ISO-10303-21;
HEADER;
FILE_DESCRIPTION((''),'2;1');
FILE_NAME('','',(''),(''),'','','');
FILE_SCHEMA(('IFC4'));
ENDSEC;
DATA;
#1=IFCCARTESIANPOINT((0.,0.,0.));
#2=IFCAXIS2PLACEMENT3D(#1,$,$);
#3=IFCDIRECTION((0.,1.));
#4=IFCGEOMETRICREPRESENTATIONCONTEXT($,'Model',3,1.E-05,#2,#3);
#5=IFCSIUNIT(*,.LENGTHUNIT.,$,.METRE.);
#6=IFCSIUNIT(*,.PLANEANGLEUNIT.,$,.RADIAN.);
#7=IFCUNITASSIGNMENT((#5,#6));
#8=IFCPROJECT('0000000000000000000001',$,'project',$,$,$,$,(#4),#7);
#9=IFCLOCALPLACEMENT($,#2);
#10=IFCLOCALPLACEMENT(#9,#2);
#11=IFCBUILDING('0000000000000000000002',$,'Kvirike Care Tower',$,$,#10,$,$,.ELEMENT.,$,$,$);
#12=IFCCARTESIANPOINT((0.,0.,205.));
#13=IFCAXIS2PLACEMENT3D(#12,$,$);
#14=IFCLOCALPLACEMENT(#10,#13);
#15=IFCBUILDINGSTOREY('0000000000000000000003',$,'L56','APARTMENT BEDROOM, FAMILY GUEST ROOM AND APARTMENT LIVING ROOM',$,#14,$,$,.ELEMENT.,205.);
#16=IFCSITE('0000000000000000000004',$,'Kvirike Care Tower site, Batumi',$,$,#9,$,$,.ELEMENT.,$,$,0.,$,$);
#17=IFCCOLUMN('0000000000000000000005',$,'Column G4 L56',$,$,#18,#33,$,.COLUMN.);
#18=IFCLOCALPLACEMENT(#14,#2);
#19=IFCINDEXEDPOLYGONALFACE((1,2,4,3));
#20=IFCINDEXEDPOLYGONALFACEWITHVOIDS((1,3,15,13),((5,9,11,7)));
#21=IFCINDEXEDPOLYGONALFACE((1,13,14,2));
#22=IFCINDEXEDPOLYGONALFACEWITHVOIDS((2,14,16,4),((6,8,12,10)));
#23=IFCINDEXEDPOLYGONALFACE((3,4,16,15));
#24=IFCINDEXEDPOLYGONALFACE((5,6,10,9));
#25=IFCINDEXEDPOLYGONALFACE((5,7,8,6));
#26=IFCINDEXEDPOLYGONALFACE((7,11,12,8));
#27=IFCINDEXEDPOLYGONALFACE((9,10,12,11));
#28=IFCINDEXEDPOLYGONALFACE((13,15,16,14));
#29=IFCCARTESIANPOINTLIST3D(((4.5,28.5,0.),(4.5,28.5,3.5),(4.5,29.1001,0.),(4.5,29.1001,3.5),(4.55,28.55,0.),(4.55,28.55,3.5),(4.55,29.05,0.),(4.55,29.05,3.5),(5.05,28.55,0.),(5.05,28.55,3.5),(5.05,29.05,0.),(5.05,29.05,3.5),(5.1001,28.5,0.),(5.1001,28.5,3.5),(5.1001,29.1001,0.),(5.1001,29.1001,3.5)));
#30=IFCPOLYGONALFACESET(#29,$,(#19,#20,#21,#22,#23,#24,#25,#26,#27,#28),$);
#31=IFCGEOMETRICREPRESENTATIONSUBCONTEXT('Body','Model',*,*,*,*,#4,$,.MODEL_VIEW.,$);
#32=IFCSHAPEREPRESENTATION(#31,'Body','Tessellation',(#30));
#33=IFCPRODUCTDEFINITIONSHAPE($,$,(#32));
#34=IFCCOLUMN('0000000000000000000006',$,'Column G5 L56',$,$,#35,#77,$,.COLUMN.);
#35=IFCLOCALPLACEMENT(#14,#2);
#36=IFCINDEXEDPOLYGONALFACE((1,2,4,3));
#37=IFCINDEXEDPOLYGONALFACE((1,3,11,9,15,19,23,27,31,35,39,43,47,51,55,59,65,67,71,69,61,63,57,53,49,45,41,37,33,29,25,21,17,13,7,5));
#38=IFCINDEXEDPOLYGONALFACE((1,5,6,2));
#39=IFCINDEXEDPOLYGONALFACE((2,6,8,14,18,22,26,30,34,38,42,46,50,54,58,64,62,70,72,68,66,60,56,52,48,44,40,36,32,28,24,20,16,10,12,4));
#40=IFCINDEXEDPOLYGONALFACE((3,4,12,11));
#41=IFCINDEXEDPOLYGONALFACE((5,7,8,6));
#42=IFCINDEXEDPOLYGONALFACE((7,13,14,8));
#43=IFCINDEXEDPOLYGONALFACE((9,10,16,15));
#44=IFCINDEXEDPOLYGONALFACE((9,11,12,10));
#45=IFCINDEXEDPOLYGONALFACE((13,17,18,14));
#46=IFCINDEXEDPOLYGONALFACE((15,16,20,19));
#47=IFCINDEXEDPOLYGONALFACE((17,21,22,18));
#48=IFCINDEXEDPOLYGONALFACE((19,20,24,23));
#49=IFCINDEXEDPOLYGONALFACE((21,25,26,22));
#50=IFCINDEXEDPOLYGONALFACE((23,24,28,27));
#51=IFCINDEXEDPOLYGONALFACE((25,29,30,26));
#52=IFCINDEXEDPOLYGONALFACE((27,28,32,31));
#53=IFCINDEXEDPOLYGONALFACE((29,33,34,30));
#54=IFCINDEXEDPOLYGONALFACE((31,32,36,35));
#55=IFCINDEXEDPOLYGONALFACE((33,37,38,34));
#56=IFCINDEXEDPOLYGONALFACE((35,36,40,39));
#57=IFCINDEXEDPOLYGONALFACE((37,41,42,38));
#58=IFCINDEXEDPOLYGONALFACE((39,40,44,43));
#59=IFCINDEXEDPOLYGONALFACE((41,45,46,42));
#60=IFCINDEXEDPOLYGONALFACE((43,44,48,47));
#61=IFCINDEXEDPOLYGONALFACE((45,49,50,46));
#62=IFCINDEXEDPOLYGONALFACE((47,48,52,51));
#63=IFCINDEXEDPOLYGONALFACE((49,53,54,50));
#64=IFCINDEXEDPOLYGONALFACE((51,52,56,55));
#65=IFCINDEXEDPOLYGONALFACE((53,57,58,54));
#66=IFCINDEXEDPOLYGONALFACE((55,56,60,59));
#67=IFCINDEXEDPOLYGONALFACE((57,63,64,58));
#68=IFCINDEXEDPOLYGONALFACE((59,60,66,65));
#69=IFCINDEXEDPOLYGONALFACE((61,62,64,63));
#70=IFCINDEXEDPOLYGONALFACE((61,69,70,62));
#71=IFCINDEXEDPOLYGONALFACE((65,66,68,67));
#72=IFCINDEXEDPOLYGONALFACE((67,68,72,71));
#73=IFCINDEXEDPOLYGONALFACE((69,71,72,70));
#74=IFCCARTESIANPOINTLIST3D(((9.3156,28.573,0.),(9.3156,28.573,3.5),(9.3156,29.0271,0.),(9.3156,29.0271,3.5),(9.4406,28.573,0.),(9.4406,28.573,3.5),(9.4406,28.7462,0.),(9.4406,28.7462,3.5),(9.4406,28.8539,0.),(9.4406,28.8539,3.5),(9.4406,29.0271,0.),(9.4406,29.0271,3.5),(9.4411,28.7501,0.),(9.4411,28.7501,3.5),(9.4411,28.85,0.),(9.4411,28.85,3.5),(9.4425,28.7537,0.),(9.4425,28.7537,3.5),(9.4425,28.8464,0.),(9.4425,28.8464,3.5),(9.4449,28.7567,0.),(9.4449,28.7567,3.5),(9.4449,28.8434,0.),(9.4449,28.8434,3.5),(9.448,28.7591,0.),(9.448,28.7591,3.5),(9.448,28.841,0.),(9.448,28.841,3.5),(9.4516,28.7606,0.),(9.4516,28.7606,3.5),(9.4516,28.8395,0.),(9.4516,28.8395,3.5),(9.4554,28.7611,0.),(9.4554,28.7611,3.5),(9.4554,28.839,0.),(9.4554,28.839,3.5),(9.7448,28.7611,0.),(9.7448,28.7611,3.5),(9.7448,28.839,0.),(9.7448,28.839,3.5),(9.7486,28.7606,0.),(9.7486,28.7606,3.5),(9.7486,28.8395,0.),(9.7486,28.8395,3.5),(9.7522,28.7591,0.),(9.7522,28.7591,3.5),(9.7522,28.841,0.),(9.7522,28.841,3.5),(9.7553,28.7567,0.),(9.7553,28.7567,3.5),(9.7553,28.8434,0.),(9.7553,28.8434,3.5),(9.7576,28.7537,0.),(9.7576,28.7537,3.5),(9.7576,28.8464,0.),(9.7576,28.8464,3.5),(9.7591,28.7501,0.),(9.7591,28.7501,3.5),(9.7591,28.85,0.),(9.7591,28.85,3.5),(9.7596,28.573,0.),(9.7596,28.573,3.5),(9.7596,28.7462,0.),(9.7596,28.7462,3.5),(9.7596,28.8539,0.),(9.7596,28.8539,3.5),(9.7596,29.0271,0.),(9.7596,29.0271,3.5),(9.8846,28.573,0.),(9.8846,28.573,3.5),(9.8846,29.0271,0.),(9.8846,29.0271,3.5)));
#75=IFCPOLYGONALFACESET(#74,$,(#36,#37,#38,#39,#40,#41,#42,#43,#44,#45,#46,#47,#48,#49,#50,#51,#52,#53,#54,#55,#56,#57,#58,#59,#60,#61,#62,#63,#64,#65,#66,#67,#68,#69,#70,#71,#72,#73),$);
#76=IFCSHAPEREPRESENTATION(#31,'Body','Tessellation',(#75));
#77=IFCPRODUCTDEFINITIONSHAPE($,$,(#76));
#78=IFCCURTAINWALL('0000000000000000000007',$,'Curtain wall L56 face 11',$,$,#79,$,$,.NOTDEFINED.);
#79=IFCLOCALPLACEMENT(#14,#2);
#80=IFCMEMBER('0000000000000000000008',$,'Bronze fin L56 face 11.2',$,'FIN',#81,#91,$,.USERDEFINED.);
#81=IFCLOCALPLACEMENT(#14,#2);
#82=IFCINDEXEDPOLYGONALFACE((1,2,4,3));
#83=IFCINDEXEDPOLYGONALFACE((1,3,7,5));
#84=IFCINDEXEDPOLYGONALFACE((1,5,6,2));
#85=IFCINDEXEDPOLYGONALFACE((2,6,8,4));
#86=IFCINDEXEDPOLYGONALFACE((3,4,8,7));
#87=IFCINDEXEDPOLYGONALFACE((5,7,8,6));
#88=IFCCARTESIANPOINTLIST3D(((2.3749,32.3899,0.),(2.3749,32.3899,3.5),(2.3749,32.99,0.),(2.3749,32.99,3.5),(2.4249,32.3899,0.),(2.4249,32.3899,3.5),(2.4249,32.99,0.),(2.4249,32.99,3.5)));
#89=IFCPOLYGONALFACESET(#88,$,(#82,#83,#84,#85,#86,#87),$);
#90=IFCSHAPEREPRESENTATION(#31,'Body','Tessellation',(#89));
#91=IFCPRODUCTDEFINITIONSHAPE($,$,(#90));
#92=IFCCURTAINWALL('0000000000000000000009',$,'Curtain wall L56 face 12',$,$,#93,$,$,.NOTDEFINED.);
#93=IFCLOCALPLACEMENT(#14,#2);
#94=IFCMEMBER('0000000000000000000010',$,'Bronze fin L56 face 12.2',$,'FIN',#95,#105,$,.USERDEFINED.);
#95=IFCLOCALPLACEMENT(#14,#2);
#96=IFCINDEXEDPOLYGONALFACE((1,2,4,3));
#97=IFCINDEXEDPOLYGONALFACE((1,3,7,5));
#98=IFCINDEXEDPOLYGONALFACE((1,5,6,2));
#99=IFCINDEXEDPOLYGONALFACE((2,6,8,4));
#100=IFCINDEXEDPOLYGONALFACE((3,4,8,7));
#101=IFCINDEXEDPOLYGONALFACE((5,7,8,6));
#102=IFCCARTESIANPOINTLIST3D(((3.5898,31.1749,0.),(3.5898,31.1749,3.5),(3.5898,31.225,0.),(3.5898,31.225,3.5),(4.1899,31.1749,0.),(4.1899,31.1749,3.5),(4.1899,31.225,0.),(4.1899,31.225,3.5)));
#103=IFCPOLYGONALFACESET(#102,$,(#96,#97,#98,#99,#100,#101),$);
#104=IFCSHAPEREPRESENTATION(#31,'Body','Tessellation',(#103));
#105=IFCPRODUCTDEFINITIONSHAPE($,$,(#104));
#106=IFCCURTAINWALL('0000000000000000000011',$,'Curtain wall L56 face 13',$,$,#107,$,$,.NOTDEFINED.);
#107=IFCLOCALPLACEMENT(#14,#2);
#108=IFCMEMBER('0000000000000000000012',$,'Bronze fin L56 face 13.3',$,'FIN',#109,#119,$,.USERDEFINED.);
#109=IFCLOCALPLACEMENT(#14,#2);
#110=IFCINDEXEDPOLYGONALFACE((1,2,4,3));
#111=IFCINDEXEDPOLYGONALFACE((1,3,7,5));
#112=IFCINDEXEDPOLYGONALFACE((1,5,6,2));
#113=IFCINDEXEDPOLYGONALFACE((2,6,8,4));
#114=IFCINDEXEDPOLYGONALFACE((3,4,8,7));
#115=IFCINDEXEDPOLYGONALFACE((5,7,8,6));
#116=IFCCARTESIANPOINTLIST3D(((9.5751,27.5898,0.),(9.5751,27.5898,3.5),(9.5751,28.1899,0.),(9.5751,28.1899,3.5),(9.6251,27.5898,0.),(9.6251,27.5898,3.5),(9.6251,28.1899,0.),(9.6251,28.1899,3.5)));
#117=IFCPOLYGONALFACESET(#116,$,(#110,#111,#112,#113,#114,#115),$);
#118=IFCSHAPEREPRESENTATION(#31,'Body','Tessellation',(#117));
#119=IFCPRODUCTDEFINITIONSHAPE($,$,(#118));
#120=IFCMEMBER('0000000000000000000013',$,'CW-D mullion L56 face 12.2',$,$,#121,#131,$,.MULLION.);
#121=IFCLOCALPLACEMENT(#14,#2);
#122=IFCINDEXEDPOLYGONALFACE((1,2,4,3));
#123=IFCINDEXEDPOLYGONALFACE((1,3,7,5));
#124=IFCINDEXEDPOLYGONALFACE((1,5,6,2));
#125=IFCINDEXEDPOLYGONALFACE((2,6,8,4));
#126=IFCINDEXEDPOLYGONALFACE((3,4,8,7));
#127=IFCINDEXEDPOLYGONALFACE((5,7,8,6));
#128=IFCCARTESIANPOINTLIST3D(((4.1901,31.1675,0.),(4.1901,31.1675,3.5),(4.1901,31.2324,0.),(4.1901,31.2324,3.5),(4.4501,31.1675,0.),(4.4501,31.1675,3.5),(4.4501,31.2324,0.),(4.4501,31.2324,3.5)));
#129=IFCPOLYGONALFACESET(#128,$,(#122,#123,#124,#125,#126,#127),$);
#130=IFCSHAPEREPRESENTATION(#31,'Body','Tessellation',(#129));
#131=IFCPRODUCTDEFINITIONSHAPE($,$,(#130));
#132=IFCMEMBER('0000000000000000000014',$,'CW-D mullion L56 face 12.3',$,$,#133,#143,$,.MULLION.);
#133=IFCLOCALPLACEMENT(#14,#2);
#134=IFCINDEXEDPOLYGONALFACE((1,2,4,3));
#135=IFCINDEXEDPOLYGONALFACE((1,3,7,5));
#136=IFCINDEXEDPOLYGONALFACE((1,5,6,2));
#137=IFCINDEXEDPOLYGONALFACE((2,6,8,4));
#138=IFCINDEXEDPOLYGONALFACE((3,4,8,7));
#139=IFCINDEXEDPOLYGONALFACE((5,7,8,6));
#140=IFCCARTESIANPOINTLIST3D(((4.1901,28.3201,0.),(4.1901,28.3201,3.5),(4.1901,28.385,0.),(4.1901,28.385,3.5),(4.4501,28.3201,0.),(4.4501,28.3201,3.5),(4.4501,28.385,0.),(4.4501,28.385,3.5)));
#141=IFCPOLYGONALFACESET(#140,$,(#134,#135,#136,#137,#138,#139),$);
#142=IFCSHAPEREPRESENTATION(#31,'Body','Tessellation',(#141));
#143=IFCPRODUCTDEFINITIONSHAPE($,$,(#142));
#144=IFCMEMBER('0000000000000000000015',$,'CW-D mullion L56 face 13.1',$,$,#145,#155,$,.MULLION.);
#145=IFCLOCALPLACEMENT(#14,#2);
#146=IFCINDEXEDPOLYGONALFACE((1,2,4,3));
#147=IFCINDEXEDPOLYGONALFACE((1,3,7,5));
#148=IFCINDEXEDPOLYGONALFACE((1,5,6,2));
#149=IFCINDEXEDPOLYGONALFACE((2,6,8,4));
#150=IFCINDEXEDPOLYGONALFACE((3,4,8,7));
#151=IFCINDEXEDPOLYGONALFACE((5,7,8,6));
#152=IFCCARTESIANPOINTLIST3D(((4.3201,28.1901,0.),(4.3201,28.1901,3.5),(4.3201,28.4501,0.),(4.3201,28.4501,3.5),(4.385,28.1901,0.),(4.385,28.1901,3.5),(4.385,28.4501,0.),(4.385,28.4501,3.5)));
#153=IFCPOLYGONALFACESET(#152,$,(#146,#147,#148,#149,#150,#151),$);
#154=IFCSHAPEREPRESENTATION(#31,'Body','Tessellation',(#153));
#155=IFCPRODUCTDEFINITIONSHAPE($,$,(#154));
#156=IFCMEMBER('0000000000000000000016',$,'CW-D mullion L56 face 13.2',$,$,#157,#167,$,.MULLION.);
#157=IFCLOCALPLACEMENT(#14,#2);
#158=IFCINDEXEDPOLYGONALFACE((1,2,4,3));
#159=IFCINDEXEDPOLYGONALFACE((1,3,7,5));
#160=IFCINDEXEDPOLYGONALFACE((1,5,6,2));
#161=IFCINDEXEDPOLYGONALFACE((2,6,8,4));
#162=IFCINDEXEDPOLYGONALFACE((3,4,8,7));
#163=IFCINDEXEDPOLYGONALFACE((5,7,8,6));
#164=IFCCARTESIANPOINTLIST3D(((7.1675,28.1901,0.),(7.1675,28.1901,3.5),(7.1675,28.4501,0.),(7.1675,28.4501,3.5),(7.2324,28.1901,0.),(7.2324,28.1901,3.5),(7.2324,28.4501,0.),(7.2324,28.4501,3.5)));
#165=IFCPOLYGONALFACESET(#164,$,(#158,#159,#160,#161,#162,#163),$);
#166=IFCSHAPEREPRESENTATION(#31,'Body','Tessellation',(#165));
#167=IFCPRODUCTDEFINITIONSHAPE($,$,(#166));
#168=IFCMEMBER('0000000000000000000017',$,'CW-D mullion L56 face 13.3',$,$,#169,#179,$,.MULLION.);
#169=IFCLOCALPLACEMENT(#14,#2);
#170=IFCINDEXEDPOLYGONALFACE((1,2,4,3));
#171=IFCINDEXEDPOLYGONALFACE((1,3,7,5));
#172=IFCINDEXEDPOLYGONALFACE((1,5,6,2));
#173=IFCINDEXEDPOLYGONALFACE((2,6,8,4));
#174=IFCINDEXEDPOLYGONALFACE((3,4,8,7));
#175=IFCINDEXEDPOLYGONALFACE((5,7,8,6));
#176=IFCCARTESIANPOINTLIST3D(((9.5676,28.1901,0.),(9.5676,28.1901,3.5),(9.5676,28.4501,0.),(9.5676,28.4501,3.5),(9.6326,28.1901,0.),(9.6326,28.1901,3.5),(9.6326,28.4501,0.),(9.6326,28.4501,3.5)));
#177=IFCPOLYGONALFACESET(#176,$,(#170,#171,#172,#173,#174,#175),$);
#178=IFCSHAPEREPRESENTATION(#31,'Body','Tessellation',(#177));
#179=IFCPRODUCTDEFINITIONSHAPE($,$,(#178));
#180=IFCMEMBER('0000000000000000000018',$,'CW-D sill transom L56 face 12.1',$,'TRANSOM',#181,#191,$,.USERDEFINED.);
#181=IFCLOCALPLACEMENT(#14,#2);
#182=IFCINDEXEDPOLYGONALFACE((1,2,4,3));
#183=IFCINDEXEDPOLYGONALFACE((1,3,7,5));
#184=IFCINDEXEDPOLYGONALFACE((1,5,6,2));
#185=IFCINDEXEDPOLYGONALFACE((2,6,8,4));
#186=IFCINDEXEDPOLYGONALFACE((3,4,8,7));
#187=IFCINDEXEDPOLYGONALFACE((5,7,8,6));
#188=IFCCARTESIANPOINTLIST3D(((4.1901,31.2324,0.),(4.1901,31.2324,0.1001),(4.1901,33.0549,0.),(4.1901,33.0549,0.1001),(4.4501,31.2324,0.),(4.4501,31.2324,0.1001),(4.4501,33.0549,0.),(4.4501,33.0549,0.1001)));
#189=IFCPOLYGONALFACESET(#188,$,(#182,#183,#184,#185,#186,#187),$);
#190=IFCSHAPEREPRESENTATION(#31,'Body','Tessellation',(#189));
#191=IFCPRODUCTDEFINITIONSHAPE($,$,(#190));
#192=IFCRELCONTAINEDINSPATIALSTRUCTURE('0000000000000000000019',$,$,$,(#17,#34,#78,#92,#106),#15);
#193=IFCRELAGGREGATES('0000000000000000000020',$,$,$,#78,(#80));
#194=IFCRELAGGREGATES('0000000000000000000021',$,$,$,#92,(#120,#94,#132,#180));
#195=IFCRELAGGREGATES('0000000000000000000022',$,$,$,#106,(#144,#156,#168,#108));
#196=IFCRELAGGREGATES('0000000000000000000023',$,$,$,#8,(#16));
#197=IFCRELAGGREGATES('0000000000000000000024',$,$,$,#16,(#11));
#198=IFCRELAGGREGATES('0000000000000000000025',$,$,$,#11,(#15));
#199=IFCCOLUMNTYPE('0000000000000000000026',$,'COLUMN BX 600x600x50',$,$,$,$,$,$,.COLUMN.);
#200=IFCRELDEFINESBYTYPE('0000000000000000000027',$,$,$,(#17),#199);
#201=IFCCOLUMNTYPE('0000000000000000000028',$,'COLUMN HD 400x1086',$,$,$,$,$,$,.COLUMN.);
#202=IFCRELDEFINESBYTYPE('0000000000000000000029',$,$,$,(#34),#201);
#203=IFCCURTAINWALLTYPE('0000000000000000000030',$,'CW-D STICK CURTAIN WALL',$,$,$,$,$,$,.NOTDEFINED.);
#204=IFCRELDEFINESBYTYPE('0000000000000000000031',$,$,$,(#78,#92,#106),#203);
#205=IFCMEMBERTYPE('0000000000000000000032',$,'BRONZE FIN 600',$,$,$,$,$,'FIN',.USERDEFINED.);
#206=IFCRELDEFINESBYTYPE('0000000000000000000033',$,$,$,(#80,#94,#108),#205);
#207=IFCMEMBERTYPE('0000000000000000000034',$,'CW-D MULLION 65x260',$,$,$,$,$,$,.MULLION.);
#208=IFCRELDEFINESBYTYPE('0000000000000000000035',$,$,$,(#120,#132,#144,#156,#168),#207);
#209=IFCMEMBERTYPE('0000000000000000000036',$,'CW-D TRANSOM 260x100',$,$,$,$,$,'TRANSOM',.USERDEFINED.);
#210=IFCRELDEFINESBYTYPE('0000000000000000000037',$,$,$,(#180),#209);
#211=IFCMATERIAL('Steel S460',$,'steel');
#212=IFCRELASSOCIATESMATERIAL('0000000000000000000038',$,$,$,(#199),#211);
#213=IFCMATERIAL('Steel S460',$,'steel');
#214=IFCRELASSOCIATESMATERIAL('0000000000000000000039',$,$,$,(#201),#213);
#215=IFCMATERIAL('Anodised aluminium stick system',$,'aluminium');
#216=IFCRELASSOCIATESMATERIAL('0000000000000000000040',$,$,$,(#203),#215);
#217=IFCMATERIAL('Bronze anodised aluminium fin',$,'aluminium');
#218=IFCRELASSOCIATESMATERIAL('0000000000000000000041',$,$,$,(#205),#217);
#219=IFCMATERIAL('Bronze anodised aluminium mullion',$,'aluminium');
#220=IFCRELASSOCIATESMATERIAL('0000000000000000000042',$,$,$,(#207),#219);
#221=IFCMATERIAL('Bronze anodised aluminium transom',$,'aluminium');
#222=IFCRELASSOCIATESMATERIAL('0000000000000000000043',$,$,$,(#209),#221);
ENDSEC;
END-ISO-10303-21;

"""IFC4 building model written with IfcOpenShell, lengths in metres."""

from ifc_helpers import new_model, si_unit, direction, frame, origin, origin_2d, place, context, subcontext, project, spatial, rectangle, hollow_rectangle, i_section, extrude, material, material_profile, profile_set, type_object, element, aggregate, save


model = new_model("IFC4")

# Units and contexts
model_context = context("Model", 3, precision=1e-05, world=origin(), true_north=direction((0.0, 1.0)))
body_context = subcontext(model_context, "Body", "Model", "MODEL_VIEW")
ifc_project = project(units=[si_unit("LENGTHUNIT", "METRE"), si_unit("PLANEANGLEUNIT", "RADIAN")], contexts=[model_context])

# Site, building, storey
site_placement = place(None, origin())
site = spatial("IfcSite", under=ifc_project, at=site_placement, Name="Kvirike Care Tower site, Batumi", CompositionType="ELEMENT", RefElevation=0.0)
building_placement = place(site_placement, origin())
building = spatial("IfcBuilding", under=site, at=building_placement, Name="Kvirike Care Tower", CompositionType="ELEMENT")
storey_placement = place(building_placement, frame((0.0, 0.0, 205.0)))
storey = spatial("IfcBuildingStorey", under=building, at=storey_placement, Name="L56", Description="APARTMENT BEDROOM, FAMILY GUEST ROOM AND APARTMENT LIVING ROOM", CompositionType="ELEMENT", Elevation=205.0)

# Columns
ifc_material_1 = material(Name="Steel S460", Category="steel")
ifc_material_profile_1 = material_profile(ifc_material_1, hollow_rectangle(XDim=0.6001, YDim=0.6001, WallThickness=0.05, at=origin_2d()), Name="BX 600x600x50")
ifc_profile_set_1 = profile_set([ifc_material_profile_1], Name="Steel S460")
column_type_1 = type_object("IfcColumnType", Name="COLUMN BX 600x600x50", PredefinedType="COLUMN", material=ifc_profile_set_1)
column_1_placement = place(storey_placement, frame((4.8, 28.8, 0.0), z_axis=(0.0, 0.0, 1.0), x_axis=(0.0, 1.0, 0.0)))
element("IfcColumn", 1, at=column_1_placement, inside=storey, type_object=column_type_1, Name="Column G4 L56", PredefinedType="COLUMN", context=body_context, shape_type="SweptSolid", body=[
    extrude(hollow_rectangle(XDim=0.6001, YDim=0.6001, WallThickness=0.05, at=origin_2d()), origin(), (0.0, 0.0, 1.0), 3.5),
])
ifc_material_2 = material(Name="Steel S460", Category="steel")
ifc_material_profile_2 = material_profile(ifc_material_2, i_section(OverallWidth=0.4541, OverallDepth=0.5691, WebThickness=0.0779, FlangeThickness=0.125, FilletRadius=0.0149, at=origin_2d()), Name="HD 400x1086")
ifc_profile_set_2 = profile_set([ifc_material_profile_2], Name="Steel S460")
column_type_2 = type_object("IfcColumnType", Name="COLUMN HD 400x1086", PredefinedType="COLUMN", material=ifc_profile_set_2)
column_2_placement = place(storey_placement, frame((9.6001, 28.8, 0.0), z_axis=(0.0, 0.0, 1.0), x_axis=(0.0, 1.0, 0.0)))
element("IfcColumn", 2, at=column_2_placement, inside=storey, type_object=column_type_2, Name="Column G5 L56", PredefinedType="COLUMN", context=body_context, shape_type="SweptSolid", body=[
    extrude(i_section(OverallWidth=0.4541, OverallDepth=0.5691, WebThickness=0.0779, FlangeThickness=0.125, FilletRadius=0.0149, at=origin_2d()), origin(), (0.0, 0.0, 1.0), 3.5),
])

# Curtain walls, members
ifc_material_3 = material(Name="Anodised aluminium stick system", Category="aluminium")
curtain_wall_type = type_object("IfcCurtainWallType", Name="CW-D STICK CURTAIN WALL", PredefinedType="NOTDEFINED", material=ifc_material_3)
curtain_wall_1_placement = place(storey_placement, origin())
curtain_wall_1 = element("IfcCurtainWall", 3, at=curtain_wall_1_placement, inside=storey, type_object=curtain_wall_type, Name="Curtain wall L56 face 11", PredefinedType="NOTDEFINED")
ifc_material_4 = material(Name="Bronze anodised aluminium fin", Category="aluminium")
ifc_material_profile_3 = material_profile(ifc_material_4, rectangle(XDim=0.05, YDim=0.6001, at=origin_2d()), Name="BRONZE FIN 600")
ifc_profile_set_3 = profile_set([ifc_material_profile_3], Name="Bronze anodised aluminium fin")
member_type_1 = type_object("IfcMemberType", Name="BRONZE FIN 600", ElementType="FIN", PredefinedType="USERDEFINED", material=ifc_profile_set_3)
member_1_placement = place(storey_placement, frame((2.3999, 32.6899, 0.0), z_axis=(0.0, 0.0, 1.0), x_axis=(1.0, 0.0, 0.0)))
member_1 = element("IfcMember", 4, at=member_1_placement, type_object=member_type_1, Name="Bronze fin L56 face 11.2", ObjectType="FIN", PredefinedType="USERDEFINED", context=body_context, shape_type="SweptSolid", body=[
    extrude(rectangle(XDim=0.05, YDim=0.6001, at=origin_2d()), origin(), (0.0, 0.0, 1.0), 3.5),
])
aggregate(curtain_wall_1, [member_1])
curtain_wall_2_placement = place(storey_placement, origin())
curtain_wall_2 = element("IfcCurtainWall", 5, at=curtain_wall_2_placement, inside=storey, type_object=curtain_wall_type, Name="Curtain wall L56 face 12", PredefinedType="NOTDEFINED")
member_2_placement = place(storey_placement, frame((3.8899, 31.2, 0.0), z_axis=(0.0, 0.0, 1.0), x_axis=(0.0, -1.0, 0.0)))
member_2 = element("IfcMember", 6, at=member_2_placement, type_object=member_type_1, Name="Bronze fin L56 face 12.2", ObjectType="FIN", PredefinedType="USERDEFINED", context=body_context, shape_type="SweptSolid", body=[
    extrude(rectangle(XDim=0.05, YDim=0.6001, at=origin_2d()), origin(), (0.0, 0.0, 1.0), 3.5),
])
curtain_wall_3_placement = place(storey_placement, origin())
curtain_wall_3 = element("IfcCurtainWall", 7, at=curtain_wall_3_placement, inside=storey, type_object=curtain_wall_type, Name="Curtain wall L56 face 13", PredefinedType="NOTDEFINED")
member_3_placement = place(storey_placement, frame((9.6001, 27.8899, 0.0), z_axis=(0.0, 0.0, 1.0), x_axis=(1.0, 0.0, 0.0)))
member_3 = element("IfcMember", 8, at=member_3_placement, type_object=member_type_1, Name="Bronze fin L56 face 13.3", ObjectType="FIN", PredefinedType="USERDEFINED", context=body_context, shape_type="SweptSolid", body=[
    extrude(rectangle(XDim=0.05, YDim=0.6001, at=origin_2d()), origin(), (0.0, 0.0, 1.0), 3.5),
])

# Members
ifc_material_5 = material(Name="Bronze anodised aluminium mullion", Category="aluminium")
ifc_material_profile_4 = material_profile(ifc_material_5, rectangle(XDim=0.0649, YDim=0.26, at=origin_2d()), Name="CW-D MULLION 65x260")
ifc_profile_set_4 = profile_set([ifc_material_profile_4], Name="Bronze anodised aluminium mullion")
member_type_2 = type_object("IfcMemberType", Name="CW-D MULLION 65x260", PredefinedType="MULLION", material=ifc_profile_set_4)
member_4_placement = place(storey_placement, frame((4.3201, 31.2, 0.0), z_axis=(0.0, 0.0, 1.0), x_axis=(0.0, -1.0, 0.0)))
member_4 = element("IfcMember", 9, at=member_4_placement, type_object=member_type_2, Name="CW-D mullion L56 face 12.2", PredefinedType="MULLION", context=body_context, shape_type="SweptSolid", body=[
    extrude(rectangle(XDim=0.0649, YDim=0.26, at=origin_2d()), origin(), (0.0, 0.0, 1.0), 3.5),
])
member_5_placement = place(storey_placement, frame((4.3201, 28.3525, 0.0), z_axis=(0.0, 0.0, 1.0), x_axis=(0.0, -1.0, 0.0)))
member_5 = element("IfcMember", 10, at=member_5_placement, type_object=member_type_2, Name="CW-D mullion L56 face 12.3", PredefinedType="MULLION", context=body_context, shape_type="SweptSolid", body=[
    extrude(rectangle(XDim=0.0649, YDim=0.26, at=origin_2d()), origin(), (0.0, 0.0, 1.0), 3.5),
])
member_6_placement = place(storey_placement, frame((4.3525, 28.3201, 0.0), z_axis=(0.0, 0.0, 1.0), x_axis=(1.0, 0.0, 0.0)))
member_6 = element("IfcMember", 11, at=member_6_placement, type_object=member_type_2, Name="CW-D mullion L56 face 13.1", PredefinedType="MULLION", context=body_context, shape_type="SweptSolid", body=[
    extrude(rectangle(XDim=0.0649, YDim=0.26, at=origin_2d()), origin(), (0.0, 0.0, 1.0), 3.5),
])
member_7_placement = place(storey_placement, frame((7.2, 28.3201, 0.0), z_axis=(0.0, 0.0, 1.0), x_axis=(1.0, 0.0, 0.0)))
member_7 = element("IfcMember", 12, at=member_7_placement, type_object=member_type_2, Name="CW-D mullion L56 face 13.2", PredefinedType="MULLION", context=body_context, shape_type="SweptSolid", body=[
    extrude(rectangle(XDim=0.0649, YDim=0.26, at=origin_2d()), origin(), (0.0, 0.0, 1.0), 3.5),
])
member_8_placement = place(storey_placement, frame((9.6001, 28.3201, 0.0), z_axis=(0.0, 0.0, 1.0), x_axis=(1.0, 0.0, 0.0)))
member_8 = element("IfcMember", 13, at=member_8_placement, type_object=member_type_2, Name="CW-D mullion L56 face 13.3", PredefinedType="MULLION", context=body_context, shape_type="SweptSolid", body=[
    extrude(rectangle(XDim=0.0649, YDim=0.26, at=origin_2d()), origin(), (0.0, 0.0, 1.0), 3.5),
])
ifc_material_6 = material(Name="Bronze anodised aluminium transom", Category="aluminium")
ifc_material_profile_5 = material_profile(ifc_material_6, rectangle(XDim=0.26, YDim=0.1001, at=origin_2d()), Name="CW-D TRANSOM 260x100")
ifc_profile_set_5 = profile_set([ifc_material_profile_5], Name="Bronze anodised aluminium transom")
member_type_3 = type_object("IfcMemberType", Name="CW-D TRANSOM 260x100", ElementType="TRANSOM", PredefinedType="USERDEFINED", material=ifc_profile_set_5)
member_9_placement = place(storey_placement, frame((4.3201, 33.0549, 0.05), z_axis=(0.0, -1.0, 0.0), x_axis=(1.0, 0.0, 0.0)))
member_9 = element("IfcMember", 14, at=member_9_placement, type_object=member_type_3, Name="CW-D sill transom L56 face 12.1", ObjectType="TRANSOM", PredefinedType="USERDEFINED", context=body_context, shape_type="SweptSolid", body=[
    extrude(rectangle(XDim=0.26, YDim=0.1001, at=origin_2d()), origin(), (0.0, 0.0, 1.0), 1.8225),
])

aggregate(curtain_wall_2, [member_4, member_2, member_5, member_9])
aggregate(curtain_wall_3, [member_6, member_7, member_8, member_3])

save(model, "model.ifc")
